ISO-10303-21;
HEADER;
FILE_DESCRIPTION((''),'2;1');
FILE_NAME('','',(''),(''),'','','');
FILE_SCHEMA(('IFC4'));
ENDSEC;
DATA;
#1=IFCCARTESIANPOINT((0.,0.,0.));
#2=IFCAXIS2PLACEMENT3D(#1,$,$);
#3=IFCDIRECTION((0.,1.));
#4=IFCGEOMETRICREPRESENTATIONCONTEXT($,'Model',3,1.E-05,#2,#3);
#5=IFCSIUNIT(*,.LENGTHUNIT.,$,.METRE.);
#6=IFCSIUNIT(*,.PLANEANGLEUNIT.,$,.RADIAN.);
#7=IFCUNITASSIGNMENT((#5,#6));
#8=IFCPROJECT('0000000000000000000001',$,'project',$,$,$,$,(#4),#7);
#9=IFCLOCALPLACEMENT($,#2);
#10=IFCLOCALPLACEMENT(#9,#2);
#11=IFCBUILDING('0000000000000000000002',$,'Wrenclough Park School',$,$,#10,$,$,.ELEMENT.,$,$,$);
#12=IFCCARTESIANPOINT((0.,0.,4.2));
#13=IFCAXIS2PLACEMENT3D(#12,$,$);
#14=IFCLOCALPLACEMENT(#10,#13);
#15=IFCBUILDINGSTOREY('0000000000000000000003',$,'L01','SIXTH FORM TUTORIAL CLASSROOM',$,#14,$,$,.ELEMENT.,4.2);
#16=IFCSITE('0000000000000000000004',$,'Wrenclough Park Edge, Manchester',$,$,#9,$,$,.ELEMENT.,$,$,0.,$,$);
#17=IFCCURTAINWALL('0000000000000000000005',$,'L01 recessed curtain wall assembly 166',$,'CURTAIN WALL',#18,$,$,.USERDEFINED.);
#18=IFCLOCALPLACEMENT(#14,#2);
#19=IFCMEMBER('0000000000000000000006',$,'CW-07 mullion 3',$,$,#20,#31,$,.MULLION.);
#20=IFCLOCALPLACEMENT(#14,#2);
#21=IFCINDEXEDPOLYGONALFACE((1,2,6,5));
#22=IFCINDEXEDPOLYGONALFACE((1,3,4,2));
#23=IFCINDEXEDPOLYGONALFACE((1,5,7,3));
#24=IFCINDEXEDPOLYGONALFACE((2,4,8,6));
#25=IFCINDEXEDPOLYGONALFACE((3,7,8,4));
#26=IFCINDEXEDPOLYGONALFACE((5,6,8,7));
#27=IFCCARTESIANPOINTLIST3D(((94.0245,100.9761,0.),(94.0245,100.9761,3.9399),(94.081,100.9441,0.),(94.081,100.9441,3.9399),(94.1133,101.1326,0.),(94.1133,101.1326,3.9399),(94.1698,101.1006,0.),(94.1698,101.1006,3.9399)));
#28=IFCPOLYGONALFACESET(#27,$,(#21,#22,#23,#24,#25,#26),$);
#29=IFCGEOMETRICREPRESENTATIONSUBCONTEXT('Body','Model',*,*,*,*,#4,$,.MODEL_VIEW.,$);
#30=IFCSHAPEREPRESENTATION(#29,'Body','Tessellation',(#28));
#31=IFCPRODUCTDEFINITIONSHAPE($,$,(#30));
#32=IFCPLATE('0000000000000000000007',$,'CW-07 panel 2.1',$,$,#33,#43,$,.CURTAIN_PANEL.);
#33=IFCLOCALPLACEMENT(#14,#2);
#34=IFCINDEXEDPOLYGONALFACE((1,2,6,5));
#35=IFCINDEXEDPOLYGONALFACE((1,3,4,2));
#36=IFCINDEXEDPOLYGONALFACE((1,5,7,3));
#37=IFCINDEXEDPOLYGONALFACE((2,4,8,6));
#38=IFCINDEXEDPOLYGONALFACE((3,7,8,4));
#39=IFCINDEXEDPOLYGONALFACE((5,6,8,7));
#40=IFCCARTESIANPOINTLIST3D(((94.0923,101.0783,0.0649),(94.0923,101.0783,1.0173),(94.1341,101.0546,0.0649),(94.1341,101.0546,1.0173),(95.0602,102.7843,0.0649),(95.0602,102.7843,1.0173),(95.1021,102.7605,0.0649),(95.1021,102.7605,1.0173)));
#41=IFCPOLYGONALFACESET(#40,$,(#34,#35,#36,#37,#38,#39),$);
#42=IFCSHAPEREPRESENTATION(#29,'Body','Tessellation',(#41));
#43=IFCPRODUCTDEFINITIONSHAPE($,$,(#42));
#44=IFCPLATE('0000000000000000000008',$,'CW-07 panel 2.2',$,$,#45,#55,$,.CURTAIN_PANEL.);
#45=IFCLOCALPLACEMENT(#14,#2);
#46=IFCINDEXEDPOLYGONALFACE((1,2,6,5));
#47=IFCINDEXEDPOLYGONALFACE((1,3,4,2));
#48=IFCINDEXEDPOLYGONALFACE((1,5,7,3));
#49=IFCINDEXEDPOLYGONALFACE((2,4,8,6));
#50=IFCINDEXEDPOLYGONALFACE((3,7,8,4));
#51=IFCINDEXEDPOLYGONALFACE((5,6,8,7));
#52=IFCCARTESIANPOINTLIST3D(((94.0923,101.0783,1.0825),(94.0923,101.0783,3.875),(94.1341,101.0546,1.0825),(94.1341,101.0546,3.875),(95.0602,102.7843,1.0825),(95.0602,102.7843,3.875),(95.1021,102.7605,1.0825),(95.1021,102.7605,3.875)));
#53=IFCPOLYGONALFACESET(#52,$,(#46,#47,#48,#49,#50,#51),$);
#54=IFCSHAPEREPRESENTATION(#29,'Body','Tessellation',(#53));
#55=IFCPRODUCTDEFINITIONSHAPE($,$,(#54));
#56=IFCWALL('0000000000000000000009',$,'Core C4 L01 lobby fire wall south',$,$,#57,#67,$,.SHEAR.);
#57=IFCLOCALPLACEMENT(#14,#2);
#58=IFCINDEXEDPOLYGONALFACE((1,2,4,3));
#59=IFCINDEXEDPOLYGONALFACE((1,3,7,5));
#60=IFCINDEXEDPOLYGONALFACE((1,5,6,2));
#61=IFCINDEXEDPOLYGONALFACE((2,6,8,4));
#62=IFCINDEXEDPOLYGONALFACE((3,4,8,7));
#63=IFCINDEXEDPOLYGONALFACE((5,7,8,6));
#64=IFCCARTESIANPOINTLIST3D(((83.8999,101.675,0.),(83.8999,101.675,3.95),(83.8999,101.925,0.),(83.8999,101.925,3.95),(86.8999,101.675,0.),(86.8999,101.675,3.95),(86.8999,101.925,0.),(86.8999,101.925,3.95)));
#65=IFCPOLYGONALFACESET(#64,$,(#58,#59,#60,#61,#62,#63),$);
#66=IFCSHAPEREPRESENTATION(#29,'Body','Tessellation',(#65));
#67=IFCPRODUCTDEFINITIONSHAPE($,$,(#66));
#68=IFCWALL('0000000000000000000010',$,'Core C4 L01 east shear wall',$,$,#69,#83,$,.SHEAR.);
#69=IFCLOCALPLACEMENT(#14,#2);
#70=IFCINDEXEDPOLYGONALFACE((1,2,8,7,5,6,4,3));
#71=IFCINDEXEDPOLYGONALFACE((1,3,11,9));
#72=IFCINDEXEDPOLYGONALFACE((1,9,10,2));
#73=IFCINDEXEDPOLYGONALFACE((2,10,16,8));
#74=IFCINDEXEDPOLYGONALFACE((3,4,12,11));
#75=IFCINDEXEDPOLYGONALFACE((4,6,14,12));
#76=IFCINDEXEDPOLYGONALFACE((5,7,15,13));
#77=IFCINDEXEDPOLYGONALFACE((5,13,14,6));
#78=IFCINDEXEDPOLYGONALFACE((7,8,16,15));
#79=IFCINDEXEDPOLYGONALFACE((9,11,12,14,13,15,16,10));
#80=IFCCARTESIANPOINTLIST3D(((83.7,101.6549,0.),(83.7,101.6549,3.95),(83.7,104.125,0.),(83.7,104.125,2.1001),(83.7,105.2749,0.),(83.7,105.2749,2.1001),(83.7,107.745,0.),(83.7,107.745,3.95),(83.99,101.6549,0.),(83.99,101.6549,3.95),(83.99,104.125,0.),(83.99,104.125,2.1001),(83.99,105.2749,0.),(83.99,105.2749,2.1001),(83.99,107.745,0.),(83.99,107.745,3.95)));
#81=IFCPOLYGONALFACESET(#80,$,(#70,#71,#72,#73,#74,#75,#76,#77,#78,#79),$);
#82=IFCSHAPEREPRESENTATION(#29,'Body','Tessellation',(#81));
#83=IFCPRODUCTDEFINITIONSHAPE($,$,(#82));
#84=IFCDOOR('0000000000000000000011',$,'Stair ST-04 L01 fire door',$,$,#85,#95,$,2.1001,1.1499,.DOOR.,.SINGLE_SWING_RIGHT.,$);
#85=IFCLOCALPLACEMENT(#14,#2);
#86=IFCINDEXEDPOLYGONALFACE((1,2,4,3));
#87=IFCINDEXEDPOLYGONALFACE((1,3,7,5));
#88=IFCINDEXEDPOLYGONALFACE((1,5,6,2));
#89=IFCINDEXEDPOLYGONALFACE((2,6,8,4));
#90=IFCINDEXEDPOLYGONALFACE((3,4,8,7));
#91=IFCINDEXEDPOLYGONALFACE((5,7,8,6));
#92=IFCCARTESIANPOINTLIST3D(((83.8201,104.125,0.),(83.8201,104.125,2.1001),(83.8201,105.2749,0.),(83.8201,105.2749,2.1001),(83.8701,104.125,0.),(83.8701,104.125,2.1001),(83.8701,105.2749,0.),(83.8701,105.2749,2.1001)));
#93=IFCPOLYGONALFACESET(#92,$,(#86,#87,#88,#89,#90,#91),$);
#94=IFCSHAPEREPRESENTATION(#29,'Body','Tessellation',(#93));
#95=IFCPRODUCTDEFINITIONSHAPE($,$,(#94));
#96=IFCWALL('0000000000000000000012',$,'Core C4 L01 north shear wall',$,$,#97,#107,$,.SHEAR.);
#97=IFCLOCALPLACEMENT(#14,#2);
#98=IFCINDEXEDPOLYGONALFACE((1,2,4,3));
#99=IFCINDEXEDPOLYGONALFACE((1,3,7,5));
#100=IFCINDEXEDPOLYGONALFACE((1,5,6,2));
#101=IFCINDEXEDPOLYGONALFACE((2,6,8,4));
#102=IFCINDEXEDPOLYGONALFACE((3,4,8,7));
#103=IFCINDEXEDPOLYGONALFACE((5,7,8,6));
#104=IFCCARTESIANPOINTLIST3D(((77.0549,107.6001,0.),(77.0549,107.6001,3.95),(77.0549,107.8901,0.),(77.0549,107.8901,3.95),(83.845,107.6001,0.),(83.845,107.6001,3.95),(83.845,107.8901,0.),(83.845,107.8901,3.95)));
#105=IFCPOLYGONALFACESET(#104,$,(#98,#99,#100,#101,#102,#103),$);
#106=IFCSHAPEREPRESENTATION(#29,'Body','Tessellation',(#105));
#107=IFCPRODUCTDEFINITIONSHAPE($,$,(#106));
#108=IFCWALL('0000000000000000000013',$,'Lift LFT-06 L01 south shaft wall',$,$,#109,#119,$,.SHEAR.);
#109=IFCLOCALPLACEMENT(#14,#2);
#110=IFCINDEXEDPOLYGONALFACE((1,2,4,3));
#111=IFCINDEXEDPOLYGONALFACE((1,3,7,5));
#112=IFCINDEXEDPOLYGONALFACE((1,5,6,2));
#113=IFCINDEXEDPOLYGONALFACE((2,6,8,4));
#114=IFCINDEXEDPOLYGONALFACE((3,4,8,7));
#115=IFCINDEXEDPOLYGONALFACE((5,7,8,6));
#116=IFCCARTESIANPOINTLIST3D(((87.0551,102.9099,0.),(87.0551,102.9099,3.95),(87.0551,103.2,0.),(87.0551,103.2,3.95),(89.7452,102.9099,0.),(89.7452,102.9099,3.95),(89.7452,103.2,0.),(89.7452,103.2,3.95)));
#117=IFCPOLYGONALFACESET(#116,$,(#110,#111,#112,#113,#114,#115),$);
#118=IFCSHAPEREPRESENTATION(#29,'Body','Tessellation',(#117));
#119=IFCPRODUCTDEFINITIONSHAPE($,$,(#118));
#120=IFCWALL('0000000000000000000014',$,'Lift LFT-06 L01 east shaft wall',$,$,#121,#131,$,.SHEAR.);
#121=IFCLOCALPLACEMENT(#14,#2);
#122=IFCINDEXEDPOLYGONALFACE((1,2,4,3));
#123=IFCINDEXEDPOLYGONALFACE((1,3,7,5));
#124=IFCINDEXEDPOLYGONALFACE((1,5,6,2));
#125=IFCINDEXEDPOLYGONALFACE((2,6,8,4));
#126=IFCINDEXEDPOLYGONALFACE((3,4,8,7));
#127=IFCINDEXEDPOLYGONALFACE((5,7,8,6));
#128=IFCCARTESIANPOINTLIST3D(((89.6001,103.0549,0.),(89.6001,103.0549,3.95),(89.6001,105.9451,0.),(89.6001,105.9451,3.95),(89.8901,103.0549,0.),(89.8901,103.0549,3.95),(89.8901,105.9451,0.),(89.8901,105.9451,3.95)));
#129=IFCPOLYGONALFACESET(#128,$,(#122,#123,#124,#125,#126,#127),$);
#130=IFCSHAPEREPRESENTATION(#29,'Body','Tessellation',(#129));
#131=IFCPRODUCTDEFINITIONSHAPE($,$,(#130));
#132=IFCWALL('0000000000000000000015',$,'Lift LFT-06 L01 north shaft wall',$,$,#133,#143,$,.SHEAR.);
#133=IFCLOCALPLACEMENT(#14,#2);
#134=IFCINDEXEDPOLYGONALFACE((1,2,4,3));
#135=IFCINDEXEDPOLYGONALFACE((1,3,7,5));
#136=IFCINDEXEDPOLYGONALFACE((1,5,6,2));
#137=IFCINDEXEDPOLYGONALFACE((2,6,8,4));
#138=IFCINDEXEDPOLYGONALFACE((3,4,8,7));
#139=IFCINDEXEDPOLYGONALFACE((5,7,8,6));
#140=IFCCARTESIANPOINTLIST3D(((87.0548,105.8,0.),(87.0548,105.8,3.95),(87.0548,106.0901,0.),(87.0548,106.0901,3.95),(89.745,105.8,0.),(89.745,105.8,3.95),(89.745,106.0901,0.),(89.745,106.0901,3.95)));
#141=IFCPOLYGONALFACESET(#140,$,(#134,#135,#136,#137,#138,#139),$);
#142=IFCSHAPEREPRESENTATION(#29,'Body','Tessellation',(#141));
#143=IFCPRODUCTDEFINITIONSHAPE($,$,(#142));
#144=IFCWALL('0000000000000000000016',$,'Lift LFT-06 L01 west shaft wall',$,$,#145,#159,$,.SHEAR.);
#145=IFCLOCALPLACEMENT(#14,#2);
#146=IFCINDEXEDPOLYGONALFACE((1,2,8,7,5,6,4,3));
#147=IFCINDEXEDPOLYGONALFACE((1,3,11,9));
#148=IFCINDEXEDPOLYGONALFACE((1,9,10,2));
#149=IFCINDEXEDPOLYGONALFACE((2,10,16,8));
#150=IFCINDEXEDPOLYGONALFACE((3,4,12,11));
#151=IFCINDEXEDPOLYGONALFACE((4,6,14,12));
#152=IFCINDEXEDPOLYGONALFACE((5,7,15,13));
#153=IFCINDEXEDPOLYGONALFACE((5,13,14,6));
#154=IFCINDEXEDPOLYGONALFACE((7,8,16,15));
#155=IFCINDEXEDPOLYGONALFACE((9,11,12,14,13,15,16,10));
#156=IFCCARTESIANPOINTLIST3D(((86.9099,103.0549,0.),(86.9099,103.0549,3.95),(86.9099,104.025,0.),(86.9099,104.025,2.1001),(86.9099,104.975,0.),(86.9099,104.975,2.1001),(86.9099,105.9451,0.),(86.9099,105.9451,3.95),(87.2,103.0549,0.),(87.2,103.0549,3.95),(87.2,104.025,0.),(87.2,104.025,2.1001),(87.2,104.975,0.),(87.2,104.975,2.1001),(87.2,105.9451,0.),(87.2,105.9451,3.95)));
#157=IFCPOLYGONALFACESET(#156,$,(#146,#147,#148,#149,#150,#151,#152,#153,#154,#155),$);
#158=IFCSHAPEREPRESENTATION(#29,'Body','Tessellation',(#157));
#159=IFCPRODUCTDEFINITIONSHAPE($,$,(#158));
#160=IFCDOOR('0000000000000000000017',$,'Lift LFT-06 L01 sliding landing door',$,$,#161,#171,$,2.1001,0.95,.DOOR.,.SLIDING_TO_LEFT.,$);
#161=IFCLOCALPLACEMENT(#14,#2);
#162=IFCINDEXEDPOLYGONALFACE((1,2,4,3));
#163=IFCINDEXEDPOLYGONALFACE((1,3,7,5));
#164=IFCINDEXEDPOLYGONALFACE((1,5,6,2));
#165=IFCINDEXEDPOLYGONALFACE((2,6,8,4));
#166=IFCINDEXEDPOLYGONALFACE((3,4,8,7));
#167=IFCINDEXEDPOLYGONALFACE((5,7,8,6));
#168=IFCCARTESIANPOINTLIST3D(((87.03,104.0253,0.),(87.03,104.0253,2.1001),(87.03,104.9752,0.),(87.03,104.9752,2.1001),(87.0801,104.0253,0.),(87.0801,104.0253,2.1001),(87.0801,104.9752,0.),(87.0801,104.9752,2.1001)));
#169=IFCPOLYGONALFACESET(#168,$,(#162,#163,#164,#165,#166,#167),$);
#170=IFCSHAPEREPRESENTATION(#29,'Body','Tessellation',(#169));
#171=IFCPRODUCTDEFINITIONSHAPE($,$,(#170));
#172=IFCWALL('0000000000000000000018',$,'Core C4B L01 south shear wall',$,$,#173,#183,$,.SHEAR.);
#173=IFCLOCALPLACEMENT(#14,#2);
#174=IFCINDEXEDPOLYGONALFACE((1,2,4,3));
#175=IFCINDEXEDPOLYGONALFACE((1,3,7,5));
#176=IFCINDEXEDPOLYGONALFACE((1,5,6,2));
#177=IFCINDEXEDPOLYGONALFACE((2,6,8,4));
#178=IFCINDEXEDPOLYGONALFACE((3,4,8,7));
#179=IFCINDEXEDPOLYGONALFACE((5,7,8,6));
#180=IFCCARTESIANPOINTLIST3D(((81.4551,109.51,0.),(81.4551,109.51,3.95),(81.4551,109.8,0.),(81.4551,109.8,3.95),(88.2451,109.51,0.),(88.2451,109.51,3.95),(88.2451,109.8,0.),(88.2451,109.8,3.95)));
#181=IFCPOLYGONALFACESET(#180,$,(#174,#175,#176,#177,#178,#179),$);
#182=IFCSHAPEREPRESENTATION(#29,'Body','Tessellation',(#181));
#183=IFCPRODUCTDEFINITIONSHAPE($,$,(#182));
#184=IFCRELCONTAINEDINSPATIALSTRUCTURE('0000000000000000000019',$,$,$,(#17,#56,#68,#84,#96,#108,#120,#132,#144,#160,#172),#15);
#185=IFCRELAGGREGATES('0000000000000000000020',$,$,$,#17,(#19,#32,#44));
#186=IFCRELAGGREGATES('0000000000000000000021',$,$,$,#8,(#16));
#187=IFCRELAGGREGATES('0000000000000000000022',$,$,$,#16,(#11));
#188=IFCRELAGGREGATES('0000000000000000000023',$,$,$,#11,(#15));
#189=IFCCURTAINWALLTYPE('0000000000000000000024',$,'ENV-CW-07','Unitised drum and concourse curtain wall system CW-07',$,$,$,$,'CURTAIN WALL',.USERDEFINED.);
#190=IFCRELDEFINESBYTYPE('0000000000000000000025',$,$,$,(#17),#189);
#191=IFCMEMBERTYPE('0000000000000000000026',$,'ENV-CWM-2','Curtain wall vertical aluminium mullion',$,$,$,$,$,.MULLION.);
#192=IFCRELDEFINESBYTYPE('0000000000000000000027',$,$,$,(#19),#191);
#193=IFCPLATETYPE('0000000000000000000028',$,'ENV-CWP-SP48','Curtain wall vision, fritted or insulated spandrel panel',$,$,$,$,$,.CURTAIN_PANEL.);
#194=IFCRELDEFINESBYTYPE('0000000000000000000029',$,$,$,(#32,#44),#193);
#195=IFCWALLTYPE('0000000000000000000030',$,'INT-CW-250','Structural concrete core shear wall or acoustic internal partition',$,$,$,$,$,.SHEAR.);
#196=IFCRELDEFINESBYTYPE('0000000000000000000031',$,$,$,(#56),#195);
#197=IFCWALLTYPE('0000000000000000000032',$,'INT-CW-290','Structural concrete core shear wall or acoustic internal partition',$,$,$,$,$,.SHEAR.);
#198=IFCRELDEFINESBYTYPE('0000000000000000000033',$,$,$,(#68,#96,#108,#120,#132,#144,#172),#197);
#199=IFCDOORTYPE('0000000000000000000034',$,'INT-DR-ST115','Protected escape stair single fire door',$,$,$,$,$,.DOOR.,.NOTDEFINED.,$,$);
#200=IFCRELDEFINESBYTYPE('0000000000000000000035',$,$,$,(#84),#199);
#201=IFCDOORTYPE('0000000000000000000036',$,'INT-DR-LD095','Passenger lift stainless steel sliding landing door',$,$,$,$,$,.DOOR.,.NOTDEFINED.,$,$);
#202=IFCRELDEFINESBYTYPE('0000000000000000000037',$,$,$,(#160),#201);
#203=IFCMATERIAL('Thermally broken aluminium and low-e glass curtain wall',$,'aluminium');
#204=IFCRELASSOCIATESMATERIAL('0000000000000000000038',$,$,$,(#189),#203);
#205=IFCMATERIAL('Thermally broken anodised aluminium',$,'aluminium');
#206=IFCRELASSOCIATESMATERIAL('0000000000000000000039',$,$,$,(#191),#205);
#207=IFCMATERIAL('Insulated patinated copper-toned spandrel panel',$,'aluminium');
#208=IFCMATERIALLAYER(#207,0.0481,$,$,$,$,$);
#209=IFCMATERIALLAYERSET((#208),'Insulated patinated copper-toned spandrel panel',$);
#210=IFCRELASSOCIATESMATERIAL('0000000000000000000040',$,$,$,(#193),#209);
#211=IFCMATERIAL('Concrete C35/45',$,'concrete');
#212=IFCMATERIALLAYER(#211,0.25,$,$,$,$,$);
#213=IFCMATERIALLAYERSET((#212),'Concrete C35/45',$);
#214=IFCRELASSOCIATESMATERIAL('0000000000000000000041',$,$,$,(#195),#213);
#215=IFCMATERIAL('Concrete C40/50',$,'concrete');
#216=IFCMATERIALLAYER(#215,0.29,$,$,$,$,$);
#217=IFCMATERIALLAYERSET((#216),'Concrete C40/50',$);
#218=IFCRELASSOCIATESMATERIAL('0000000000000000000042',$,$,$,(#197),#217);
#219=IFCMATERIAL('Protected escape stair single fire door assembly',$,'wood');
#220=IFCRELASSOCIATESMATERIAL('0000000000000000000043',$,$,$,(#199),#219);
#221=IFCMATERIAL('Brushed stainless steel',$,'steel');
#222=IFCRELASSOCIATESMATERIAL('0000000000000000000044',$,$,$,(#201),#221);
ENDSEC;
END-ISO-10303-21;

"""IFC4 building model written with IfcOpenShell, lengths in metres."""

from ifc_helpers import new_model, si_unit, direction, frame, frame_2d, origin, origin_2d, place, context, subcontext, project, spatial, rectangle, extrude, material, layer, layer_set, material_profile, profile_set, type_object, element, fill, aggregate, save


model = new_model("IFC4")

# Units and contexts
model_context = context("Model", 3, precision=1e-05, world=origin(), true_north=direction((0.0, 1.0)))
body_context = subcontext(model_context, "Body", "Model", "MODEL_VIEW")
ifc_project = project(units=[si_unit("LENGTHUNIT", "METRE"), si_unit("PLANEANGLEUNIT", "RADIAN")], contexts=[model_context])

# Site, building, storey
site_placement = place(None, origin())
site = spatial("IfcSite", under=ifc_project, at=site_placement, Name="Wrenclough Park Edge, Manchester", CompositionType="ELEMENT", RefElevation=0.0)
building_placement = place(site_placement, origin())
building = spatial("IfcBuilding", under=site, at=building_placement, Name="Wrenclough Park School", CompositionType="ELEMENT")
storey_placement = place(building_placement, frame((0.0, 0.0, 4.2)))
storey = spatial("IfcBuildingStorey", under=building, at=storey_placement, Name="L01", Description="SIXTH FORM TUTORIAL CLASSROOM", CompositionType="ELEMENT", Elevation=4.2)

# Curtain wall, member, plates
ifc_material_1 = material(Name="Thermally broken aluminium and low-e glass curtain wall", Category="aluminium")
curtain_wall_type = type_object("IfcCurtainWallType", Name="ENV-CW-07", Description="Unitised drum and concourse curtain wall system CW-07", ElementType="CURTAIN WALL", PredefinedType="USERDEFINED", material=ifc_material_1)
curtain_wall_placement = place(storey_placement, origin())
curtain_wall = element("IfcCurtainWall", 1, at=curtain_wall_placement, inside=storey, type_object=curtain_wall_type, Name="L01 recessed curtain wall assembly 166", ObjectType="CURTAIN WALL", PredefinedType="USERDEFINED")
ifc_material_2 = material(Name="Thermally broken anodised aluminium", Category="aluminium")
ifc_material_profile = material_profile(ifc_material_2, rectangle(XDim=0.0649, YDim=0.1799, at=origin_2d()), Name="AL MULLION 65x180")
ifc_profile_set = profile_set([ifc_material_profile], Name="Thermally broken anodised aluminium")
member_type = type_object("IfcMemberType", Name="ENV-CWM-2", Description="Curtain wall vertical aluminium mullion", PredefinedType="MULLION", material=ifc_profile_set)
member_placement = place(storey_placement, frame((94.0972, 101.0383, 0.0), z_axis=(0.0, 0.0, 1.0), x_axis=(0.869745, -0.493501, 0.0)))
member = element("IfcMember", 2, at=member_placement, type_object=member_type, Name="CW-07 mullion 3", PredefinedType="MULLION", context=body_context, shape_type="SweptSolid", body=[
    extrude(rectangle(XDim=0.0649, YDim=0.1799, at=origin_2d()), origin(), (0.0, 0.0, 1.0), 3.9399),
])
ifc_material_3 = material(Name="Insulated patinated copper-toned spandrel panel", Category="aluminium")
ifc_layer_1 = layer(ifc_material_3, 0.0481)
ifc_layer_set_1 = layer_set([ifc_layer_1], Name="Insulated patinated copper-toned spandrel panel")
plate_type = type_object("IfcPlateType", Name="ENV-CWP-SP48", Description="Curtain wall vision, fritted or insulated spandrel panel", PredefinedType="CURTAIN_PANEL", material=ifc_layer_set_1)
plate_1_placement = place(storey_placement, frame((94.5972, 101.9194, 0.0649), z_axis=(0.0, 0.0, 1.0), x_axis=(-0.493501, -0.869745, 0.0)))
plate_1 = element("IfcPlate", 3, at=plate_1_placement, type_object=plate_type, Name="CW-07 panel 2.1", PredefinedType="CURTAIN_PANEL", context=body_context, shape_type="SweptSolid", body=[
    extrude(rectangle(XDim=1.9614, YDim=0.0481, at=origin_2d()), origin(), (0.0, 0.0, 1.0), 0.9524),
])
plate_2_placement = place(storey_placement, frame((94.5972, 101.9194, 1.0825), z_axis=(0.0, 0.0, 1.0), x_axis=(-0.493501, -0.869745, 0.0)))
plate_2 = element("IfcPlate", 4, at=plate_2_placement, type_object=plate_type, Name="CW-07 panel 2.2", PredefinedType="CURTAIN_PANEL", context=body_context, shape_type="SweptSolid", body=[
    extrude(rectangle(XDim=1.9614, YDim=0.0481, at=origin_2d()), origin(), (0.0, 0.0, 1.0), 2.7925),
])
aggregate(curtain_wall, [member, plate_1, plate_2])

# Wall
ifc_material_4 = material(Name="Concrete C35/45", Category="concrete")
ifc_layer_2 = layer(ifc_material_4, 0.25)
ifc_layer_set_2 = layer_set([ifc_layer_2], Name="Concrete C35/45")
wall_type_1 = type_object("IfcWallType", Name="INT-CW-250", Description="Structural concrete core shear wall or acoustic internal partition", PredefinedType="SHEAR", material=ifc_layer_set_2)
wall_1_placement = place(storey_placement, frame((83.8999, 101.8, 0.0), z_axis=(0.0, 0.0, 1.0), x_axis=(1.0, 0.0, 0.0)))
element("IfcWall", 5, at=wall_1_placement, inside=storey, type_object=wall_type_1, Name="Core C4 L01 lobby fire wall south", PredefinedType="SHEAR", context=body_context, shape_type="SweptSolid", body=[
    extrude(rectangle(XDim=3.0, YDim=0.25, at=frame_2d((1.5, 0.0))), origin(), (0.0, 0.0, 1.0), 3.95),
])

# Wall, opening, door
ifc_material_5 = material(Name="Concrete C40/50", Category="concrete")
ifc_layer_3 = layer(ifc_material_5, 0.29)
ifc_layer_set_3 = layer_set([ifc_layer_3], Name="Concrete C40/50")
wall_type_2 = type_object("IfcWallType", Name="INT-CW-290", Description="Structural concrete core shear wall or acoustic internal partition", PredefinedType="SHEAR", material=ifc_layer_set_3)
wall_2_placement = place(storey_placement, frame((83.845, 101.655, 0.0), z_axis=(0.0, 0.0, 1.0), x_axis=(0.0, 1.0, 0.0)))
wall_2 = element("IfcWall", 6, at=wall_2_placement, inside=storey, type_object=wall_type_2, Name="Core C4 L01 east shear wall", PredefinedType="SHEAR", context=body_context, shape_type="SweptSolid", body=[
    extrude(rectangle(XDim=6.0901, YDim=0.29, at=frame_2d((3.0449, 0.0))), origin(), (0.0, 0.0, 1.0), 3.95),
])
opening_1_placement = place(wall_2_placement, frame((2.47, 0.0, 0.0)))
opening_1 = element("IfcOpeningElement", 7, at=opening_1_placement, cuts=wall_2, PredefinedType="OPENING", context=body_context, shape_type="SweptSolid", body=[
    extrude(rectangle(XDim=1.1499, YDim=2.1001, at=frame_2d((0.575, 1.05))), frame((0.0, 0.155, 0.0), z_axis=(0.0, -1.0, 0.0), x_axis=(1.0, 0.0, 0.0)), (0.0, 0.0, 1.0), 0.3101),
])
ifc_material_6 = material(Name="Protected escape stair single fire door assembly", Category="wood")
door_type_1 = type_object("IfcDoorType", Name="INT-DR-ST115", Description="Protected escape stair single fire door", OperationType="NOTDEFINED", PredefinedType="DOOR", material=ifc_material_6)
door_1_placement = place(opening_1_placement, origin())
door_1 = element("IfcDoor", 8, at=door_1_placement, inside=storey, type_object=door_type_1, Name="Stair ST-04 L01 fire door", OperationType="SINGLE_SWING_RIGHT", OverallHeight=2.1001, OverallWidth=1.1499, PredefinedType="DOOR", context=body_context, shape_type="SweptSolid", body=[
    extrude(rectangle(XDim=1.1499, YDim=2.1001, at=frame_2d((0.575, 1.05))), frame((0.0, 0.0249, 0.0), z_axis=(0.0, -1.0, 0.0), x_axis=(1.0, 0.0, 0.0)), (0.0, 0.0, 1.0), 0.05),
])
fill(opening_1, door_1)

# Walls
wall_3_placement = place(storey_placement, frame((83.845, 107.7451, 0.0), z_axis=(0.0, 0.0, 1.0), x_axis=(-1.0, 0.0, 0.0)))
element("IfcWall", 9, at=wall_3_placement, inside=storey, type_object=wall_type_2, Name="Core C4 L01 north shear wall", PredefinedType="SHEAR", context=body_context, shape_type="SweptSolid", body=[
    extrude(rectangle(XDim=6.79, YDim=0.29, at=frame_2d((3.395, 0.0))), origin(), (0.0, 0.0, 1.0), 3.95),
])
wall_4_placement = place(storey_placement, frame((87.0549, 103.0549, 0.0), z_axis=(0.0, 0.0, 1.0), x_axis=(1.0, 0.0, 0.0)))
element("IfcWall", 10, at=wall_4_placement, inside=storey, type_object=wall_type_2, Name="Lift LFT-06 L01 south shaft wall", PredefinedType="SHEAR", context=body_context, shape_type="SweptSolid", body=[
    extrude(rectangle(XDim=2.6902, YDim=0.29, at=frame_2d((1.3452, 0.0))), origin(), (0.0, 0.0, 1.0), 3.95),
])
wall_5_placement = place(storey_placement, frame((89.7451, 103.0549, 0.0), z_axis=(0.0, 0.0, 1.0), x_axis=(0.0, 1.0, 0.0)))
element("IfcWall", 11, at=wall_5_placement, inside=storey, type_object=wall_type_2, Name="Lift LFT-06 L01 east shaft wall", PredefinedType="SHEAR", context=body_context, shape_type="SweptSolid", body=[
    extrude(rectangle(XDim=2.8901, YDim=0.29, at=frame_2d((1.4451, 0.0))), origin(), (0.0, 0.0, 1.0), 3.95),
])
wall_6_placement = place(storey_placement, frame((89.7451, 105.9451, 0.0), z_axis=(0.0, 0.0, 1.0), x_axis=(-1.0, 0.0, 0.0)))
element("IfcWall", 12, at=wall_6_placement, inside=storey, type_object=wall_type_2, Name="Lift LFT-06 L01 north shaft wall", PredefinedType="SHEAR", context=body_context, shape_type="SweptSolid", body=[
    extrude(rectangle(XDim=2.6902, YDim=0.29, at=frame_2d((1.3452, 0.0))), origin(), (0.0, 0.0, 1.0), 3.95),
])

# Wall, opening, door
wall_7_placement = place(storey_placement, frame((87.0549, 105.9451, 0.0), z_axis=(0.0, 0.0, 1.0), x_axis=(0.0, -1.0, 0.0)))
wall_7 = element("IfcWall", 13, at=wall_7_placement, inside=storey, type_object=wall_type_2, Name="Lift LFT-06 L01 west shaft wall", PredefinedType="SHEAR", context=body_context, shape_type="SweptSolid", body=[
    extrude(rectangle(XDim=2.8901, YDim=0.29, at=frame_2d((1.4451, 0.0))), origin(), (0.0, 0.0, 1.0), 3.95),
])
opening_2_placement = place(wall_7_placement, frame((0.97, 0.0, 0.0)))
opening_2 = element("IfcOpeningElement", 14, at=opening_2_placement, cuts=wall_7, PredefinedType="OPENING", context=body_context, shape_type="SweptSolid", body=[
    extrude(rectangle(XDim=0.95, YDim=2.1001, at=frame_2d((0.4751, 1.05))), frame((0.0, 0.155, 0.0), z_axis=(0.0, -1.0, 0.0), x_axis=(1.0, 0.0, 0.0)), (0.0, 0.0, 1.0), 0.3101),
])
ifc_material_7 = material(Name="Brushed stainless steel", Category="steel")
door_type_2 = type_object("IfcDoorType", Name="INT-DR-LD095", Description="Passenger lift stainless steel sliding landing door", OperationType="NOTDEFINED", PredefinedType="DOOR", material=ifc_material_7)
door_2_placement = place(opening_2_placement, frame((0.95, 0.0, 0.0), z_axis=(0.0, 0.0, 1.0), x_axis=(-1.0, 0.0, 0.0)))
door_2 = element("IfcDoor", 15, at=door_2_placement, inside=storey, type_object=door_type_2, Name="Lift LFT-06 L01 sliding landing door", OperationType="SLIDING_TO_LEFT", OverallHeight=2.1001, OverallWidth=0.95, PredefinedType="DOOR", context=body_context, shape_type="SweptSolid", body=[
    extrude(rectangle(XDim=0.95, YDim=2.1001, at=frame_2d((0.4751, 1.05))), frame((0.0, 0.0249, 0.0), z_axis=(0.0, -1.0, 0.0), x_axis=(1.0, 0.0, 0.0)), (0.0, 0.0, 1.0), 0.05),
])
fill(opening_2, door_2)

# Wall
wall_8_placement = place(storey_placement, frame((81.4551, 109.655, 0.0), z_axis=(0.0, 0.0, 1.0), x_axis=(1.0, 0.0, 0.0)))
element("IfcWall", 16, at=wall_8_placement, inside=storey, type_object=wall_type_2, Name="Core C4B L01 south shear wall", PredefinedType="SHEAR", context=body_context, shape_type="SweptSolid", body=[
    extrude(rectangle(XDim=6.79, YDim=0.29, at=frame_2d((3.395, 0.0))), origin(), (0.0, 0.0, 1.0), 3.95),
])

save(model, "model.ifc")
